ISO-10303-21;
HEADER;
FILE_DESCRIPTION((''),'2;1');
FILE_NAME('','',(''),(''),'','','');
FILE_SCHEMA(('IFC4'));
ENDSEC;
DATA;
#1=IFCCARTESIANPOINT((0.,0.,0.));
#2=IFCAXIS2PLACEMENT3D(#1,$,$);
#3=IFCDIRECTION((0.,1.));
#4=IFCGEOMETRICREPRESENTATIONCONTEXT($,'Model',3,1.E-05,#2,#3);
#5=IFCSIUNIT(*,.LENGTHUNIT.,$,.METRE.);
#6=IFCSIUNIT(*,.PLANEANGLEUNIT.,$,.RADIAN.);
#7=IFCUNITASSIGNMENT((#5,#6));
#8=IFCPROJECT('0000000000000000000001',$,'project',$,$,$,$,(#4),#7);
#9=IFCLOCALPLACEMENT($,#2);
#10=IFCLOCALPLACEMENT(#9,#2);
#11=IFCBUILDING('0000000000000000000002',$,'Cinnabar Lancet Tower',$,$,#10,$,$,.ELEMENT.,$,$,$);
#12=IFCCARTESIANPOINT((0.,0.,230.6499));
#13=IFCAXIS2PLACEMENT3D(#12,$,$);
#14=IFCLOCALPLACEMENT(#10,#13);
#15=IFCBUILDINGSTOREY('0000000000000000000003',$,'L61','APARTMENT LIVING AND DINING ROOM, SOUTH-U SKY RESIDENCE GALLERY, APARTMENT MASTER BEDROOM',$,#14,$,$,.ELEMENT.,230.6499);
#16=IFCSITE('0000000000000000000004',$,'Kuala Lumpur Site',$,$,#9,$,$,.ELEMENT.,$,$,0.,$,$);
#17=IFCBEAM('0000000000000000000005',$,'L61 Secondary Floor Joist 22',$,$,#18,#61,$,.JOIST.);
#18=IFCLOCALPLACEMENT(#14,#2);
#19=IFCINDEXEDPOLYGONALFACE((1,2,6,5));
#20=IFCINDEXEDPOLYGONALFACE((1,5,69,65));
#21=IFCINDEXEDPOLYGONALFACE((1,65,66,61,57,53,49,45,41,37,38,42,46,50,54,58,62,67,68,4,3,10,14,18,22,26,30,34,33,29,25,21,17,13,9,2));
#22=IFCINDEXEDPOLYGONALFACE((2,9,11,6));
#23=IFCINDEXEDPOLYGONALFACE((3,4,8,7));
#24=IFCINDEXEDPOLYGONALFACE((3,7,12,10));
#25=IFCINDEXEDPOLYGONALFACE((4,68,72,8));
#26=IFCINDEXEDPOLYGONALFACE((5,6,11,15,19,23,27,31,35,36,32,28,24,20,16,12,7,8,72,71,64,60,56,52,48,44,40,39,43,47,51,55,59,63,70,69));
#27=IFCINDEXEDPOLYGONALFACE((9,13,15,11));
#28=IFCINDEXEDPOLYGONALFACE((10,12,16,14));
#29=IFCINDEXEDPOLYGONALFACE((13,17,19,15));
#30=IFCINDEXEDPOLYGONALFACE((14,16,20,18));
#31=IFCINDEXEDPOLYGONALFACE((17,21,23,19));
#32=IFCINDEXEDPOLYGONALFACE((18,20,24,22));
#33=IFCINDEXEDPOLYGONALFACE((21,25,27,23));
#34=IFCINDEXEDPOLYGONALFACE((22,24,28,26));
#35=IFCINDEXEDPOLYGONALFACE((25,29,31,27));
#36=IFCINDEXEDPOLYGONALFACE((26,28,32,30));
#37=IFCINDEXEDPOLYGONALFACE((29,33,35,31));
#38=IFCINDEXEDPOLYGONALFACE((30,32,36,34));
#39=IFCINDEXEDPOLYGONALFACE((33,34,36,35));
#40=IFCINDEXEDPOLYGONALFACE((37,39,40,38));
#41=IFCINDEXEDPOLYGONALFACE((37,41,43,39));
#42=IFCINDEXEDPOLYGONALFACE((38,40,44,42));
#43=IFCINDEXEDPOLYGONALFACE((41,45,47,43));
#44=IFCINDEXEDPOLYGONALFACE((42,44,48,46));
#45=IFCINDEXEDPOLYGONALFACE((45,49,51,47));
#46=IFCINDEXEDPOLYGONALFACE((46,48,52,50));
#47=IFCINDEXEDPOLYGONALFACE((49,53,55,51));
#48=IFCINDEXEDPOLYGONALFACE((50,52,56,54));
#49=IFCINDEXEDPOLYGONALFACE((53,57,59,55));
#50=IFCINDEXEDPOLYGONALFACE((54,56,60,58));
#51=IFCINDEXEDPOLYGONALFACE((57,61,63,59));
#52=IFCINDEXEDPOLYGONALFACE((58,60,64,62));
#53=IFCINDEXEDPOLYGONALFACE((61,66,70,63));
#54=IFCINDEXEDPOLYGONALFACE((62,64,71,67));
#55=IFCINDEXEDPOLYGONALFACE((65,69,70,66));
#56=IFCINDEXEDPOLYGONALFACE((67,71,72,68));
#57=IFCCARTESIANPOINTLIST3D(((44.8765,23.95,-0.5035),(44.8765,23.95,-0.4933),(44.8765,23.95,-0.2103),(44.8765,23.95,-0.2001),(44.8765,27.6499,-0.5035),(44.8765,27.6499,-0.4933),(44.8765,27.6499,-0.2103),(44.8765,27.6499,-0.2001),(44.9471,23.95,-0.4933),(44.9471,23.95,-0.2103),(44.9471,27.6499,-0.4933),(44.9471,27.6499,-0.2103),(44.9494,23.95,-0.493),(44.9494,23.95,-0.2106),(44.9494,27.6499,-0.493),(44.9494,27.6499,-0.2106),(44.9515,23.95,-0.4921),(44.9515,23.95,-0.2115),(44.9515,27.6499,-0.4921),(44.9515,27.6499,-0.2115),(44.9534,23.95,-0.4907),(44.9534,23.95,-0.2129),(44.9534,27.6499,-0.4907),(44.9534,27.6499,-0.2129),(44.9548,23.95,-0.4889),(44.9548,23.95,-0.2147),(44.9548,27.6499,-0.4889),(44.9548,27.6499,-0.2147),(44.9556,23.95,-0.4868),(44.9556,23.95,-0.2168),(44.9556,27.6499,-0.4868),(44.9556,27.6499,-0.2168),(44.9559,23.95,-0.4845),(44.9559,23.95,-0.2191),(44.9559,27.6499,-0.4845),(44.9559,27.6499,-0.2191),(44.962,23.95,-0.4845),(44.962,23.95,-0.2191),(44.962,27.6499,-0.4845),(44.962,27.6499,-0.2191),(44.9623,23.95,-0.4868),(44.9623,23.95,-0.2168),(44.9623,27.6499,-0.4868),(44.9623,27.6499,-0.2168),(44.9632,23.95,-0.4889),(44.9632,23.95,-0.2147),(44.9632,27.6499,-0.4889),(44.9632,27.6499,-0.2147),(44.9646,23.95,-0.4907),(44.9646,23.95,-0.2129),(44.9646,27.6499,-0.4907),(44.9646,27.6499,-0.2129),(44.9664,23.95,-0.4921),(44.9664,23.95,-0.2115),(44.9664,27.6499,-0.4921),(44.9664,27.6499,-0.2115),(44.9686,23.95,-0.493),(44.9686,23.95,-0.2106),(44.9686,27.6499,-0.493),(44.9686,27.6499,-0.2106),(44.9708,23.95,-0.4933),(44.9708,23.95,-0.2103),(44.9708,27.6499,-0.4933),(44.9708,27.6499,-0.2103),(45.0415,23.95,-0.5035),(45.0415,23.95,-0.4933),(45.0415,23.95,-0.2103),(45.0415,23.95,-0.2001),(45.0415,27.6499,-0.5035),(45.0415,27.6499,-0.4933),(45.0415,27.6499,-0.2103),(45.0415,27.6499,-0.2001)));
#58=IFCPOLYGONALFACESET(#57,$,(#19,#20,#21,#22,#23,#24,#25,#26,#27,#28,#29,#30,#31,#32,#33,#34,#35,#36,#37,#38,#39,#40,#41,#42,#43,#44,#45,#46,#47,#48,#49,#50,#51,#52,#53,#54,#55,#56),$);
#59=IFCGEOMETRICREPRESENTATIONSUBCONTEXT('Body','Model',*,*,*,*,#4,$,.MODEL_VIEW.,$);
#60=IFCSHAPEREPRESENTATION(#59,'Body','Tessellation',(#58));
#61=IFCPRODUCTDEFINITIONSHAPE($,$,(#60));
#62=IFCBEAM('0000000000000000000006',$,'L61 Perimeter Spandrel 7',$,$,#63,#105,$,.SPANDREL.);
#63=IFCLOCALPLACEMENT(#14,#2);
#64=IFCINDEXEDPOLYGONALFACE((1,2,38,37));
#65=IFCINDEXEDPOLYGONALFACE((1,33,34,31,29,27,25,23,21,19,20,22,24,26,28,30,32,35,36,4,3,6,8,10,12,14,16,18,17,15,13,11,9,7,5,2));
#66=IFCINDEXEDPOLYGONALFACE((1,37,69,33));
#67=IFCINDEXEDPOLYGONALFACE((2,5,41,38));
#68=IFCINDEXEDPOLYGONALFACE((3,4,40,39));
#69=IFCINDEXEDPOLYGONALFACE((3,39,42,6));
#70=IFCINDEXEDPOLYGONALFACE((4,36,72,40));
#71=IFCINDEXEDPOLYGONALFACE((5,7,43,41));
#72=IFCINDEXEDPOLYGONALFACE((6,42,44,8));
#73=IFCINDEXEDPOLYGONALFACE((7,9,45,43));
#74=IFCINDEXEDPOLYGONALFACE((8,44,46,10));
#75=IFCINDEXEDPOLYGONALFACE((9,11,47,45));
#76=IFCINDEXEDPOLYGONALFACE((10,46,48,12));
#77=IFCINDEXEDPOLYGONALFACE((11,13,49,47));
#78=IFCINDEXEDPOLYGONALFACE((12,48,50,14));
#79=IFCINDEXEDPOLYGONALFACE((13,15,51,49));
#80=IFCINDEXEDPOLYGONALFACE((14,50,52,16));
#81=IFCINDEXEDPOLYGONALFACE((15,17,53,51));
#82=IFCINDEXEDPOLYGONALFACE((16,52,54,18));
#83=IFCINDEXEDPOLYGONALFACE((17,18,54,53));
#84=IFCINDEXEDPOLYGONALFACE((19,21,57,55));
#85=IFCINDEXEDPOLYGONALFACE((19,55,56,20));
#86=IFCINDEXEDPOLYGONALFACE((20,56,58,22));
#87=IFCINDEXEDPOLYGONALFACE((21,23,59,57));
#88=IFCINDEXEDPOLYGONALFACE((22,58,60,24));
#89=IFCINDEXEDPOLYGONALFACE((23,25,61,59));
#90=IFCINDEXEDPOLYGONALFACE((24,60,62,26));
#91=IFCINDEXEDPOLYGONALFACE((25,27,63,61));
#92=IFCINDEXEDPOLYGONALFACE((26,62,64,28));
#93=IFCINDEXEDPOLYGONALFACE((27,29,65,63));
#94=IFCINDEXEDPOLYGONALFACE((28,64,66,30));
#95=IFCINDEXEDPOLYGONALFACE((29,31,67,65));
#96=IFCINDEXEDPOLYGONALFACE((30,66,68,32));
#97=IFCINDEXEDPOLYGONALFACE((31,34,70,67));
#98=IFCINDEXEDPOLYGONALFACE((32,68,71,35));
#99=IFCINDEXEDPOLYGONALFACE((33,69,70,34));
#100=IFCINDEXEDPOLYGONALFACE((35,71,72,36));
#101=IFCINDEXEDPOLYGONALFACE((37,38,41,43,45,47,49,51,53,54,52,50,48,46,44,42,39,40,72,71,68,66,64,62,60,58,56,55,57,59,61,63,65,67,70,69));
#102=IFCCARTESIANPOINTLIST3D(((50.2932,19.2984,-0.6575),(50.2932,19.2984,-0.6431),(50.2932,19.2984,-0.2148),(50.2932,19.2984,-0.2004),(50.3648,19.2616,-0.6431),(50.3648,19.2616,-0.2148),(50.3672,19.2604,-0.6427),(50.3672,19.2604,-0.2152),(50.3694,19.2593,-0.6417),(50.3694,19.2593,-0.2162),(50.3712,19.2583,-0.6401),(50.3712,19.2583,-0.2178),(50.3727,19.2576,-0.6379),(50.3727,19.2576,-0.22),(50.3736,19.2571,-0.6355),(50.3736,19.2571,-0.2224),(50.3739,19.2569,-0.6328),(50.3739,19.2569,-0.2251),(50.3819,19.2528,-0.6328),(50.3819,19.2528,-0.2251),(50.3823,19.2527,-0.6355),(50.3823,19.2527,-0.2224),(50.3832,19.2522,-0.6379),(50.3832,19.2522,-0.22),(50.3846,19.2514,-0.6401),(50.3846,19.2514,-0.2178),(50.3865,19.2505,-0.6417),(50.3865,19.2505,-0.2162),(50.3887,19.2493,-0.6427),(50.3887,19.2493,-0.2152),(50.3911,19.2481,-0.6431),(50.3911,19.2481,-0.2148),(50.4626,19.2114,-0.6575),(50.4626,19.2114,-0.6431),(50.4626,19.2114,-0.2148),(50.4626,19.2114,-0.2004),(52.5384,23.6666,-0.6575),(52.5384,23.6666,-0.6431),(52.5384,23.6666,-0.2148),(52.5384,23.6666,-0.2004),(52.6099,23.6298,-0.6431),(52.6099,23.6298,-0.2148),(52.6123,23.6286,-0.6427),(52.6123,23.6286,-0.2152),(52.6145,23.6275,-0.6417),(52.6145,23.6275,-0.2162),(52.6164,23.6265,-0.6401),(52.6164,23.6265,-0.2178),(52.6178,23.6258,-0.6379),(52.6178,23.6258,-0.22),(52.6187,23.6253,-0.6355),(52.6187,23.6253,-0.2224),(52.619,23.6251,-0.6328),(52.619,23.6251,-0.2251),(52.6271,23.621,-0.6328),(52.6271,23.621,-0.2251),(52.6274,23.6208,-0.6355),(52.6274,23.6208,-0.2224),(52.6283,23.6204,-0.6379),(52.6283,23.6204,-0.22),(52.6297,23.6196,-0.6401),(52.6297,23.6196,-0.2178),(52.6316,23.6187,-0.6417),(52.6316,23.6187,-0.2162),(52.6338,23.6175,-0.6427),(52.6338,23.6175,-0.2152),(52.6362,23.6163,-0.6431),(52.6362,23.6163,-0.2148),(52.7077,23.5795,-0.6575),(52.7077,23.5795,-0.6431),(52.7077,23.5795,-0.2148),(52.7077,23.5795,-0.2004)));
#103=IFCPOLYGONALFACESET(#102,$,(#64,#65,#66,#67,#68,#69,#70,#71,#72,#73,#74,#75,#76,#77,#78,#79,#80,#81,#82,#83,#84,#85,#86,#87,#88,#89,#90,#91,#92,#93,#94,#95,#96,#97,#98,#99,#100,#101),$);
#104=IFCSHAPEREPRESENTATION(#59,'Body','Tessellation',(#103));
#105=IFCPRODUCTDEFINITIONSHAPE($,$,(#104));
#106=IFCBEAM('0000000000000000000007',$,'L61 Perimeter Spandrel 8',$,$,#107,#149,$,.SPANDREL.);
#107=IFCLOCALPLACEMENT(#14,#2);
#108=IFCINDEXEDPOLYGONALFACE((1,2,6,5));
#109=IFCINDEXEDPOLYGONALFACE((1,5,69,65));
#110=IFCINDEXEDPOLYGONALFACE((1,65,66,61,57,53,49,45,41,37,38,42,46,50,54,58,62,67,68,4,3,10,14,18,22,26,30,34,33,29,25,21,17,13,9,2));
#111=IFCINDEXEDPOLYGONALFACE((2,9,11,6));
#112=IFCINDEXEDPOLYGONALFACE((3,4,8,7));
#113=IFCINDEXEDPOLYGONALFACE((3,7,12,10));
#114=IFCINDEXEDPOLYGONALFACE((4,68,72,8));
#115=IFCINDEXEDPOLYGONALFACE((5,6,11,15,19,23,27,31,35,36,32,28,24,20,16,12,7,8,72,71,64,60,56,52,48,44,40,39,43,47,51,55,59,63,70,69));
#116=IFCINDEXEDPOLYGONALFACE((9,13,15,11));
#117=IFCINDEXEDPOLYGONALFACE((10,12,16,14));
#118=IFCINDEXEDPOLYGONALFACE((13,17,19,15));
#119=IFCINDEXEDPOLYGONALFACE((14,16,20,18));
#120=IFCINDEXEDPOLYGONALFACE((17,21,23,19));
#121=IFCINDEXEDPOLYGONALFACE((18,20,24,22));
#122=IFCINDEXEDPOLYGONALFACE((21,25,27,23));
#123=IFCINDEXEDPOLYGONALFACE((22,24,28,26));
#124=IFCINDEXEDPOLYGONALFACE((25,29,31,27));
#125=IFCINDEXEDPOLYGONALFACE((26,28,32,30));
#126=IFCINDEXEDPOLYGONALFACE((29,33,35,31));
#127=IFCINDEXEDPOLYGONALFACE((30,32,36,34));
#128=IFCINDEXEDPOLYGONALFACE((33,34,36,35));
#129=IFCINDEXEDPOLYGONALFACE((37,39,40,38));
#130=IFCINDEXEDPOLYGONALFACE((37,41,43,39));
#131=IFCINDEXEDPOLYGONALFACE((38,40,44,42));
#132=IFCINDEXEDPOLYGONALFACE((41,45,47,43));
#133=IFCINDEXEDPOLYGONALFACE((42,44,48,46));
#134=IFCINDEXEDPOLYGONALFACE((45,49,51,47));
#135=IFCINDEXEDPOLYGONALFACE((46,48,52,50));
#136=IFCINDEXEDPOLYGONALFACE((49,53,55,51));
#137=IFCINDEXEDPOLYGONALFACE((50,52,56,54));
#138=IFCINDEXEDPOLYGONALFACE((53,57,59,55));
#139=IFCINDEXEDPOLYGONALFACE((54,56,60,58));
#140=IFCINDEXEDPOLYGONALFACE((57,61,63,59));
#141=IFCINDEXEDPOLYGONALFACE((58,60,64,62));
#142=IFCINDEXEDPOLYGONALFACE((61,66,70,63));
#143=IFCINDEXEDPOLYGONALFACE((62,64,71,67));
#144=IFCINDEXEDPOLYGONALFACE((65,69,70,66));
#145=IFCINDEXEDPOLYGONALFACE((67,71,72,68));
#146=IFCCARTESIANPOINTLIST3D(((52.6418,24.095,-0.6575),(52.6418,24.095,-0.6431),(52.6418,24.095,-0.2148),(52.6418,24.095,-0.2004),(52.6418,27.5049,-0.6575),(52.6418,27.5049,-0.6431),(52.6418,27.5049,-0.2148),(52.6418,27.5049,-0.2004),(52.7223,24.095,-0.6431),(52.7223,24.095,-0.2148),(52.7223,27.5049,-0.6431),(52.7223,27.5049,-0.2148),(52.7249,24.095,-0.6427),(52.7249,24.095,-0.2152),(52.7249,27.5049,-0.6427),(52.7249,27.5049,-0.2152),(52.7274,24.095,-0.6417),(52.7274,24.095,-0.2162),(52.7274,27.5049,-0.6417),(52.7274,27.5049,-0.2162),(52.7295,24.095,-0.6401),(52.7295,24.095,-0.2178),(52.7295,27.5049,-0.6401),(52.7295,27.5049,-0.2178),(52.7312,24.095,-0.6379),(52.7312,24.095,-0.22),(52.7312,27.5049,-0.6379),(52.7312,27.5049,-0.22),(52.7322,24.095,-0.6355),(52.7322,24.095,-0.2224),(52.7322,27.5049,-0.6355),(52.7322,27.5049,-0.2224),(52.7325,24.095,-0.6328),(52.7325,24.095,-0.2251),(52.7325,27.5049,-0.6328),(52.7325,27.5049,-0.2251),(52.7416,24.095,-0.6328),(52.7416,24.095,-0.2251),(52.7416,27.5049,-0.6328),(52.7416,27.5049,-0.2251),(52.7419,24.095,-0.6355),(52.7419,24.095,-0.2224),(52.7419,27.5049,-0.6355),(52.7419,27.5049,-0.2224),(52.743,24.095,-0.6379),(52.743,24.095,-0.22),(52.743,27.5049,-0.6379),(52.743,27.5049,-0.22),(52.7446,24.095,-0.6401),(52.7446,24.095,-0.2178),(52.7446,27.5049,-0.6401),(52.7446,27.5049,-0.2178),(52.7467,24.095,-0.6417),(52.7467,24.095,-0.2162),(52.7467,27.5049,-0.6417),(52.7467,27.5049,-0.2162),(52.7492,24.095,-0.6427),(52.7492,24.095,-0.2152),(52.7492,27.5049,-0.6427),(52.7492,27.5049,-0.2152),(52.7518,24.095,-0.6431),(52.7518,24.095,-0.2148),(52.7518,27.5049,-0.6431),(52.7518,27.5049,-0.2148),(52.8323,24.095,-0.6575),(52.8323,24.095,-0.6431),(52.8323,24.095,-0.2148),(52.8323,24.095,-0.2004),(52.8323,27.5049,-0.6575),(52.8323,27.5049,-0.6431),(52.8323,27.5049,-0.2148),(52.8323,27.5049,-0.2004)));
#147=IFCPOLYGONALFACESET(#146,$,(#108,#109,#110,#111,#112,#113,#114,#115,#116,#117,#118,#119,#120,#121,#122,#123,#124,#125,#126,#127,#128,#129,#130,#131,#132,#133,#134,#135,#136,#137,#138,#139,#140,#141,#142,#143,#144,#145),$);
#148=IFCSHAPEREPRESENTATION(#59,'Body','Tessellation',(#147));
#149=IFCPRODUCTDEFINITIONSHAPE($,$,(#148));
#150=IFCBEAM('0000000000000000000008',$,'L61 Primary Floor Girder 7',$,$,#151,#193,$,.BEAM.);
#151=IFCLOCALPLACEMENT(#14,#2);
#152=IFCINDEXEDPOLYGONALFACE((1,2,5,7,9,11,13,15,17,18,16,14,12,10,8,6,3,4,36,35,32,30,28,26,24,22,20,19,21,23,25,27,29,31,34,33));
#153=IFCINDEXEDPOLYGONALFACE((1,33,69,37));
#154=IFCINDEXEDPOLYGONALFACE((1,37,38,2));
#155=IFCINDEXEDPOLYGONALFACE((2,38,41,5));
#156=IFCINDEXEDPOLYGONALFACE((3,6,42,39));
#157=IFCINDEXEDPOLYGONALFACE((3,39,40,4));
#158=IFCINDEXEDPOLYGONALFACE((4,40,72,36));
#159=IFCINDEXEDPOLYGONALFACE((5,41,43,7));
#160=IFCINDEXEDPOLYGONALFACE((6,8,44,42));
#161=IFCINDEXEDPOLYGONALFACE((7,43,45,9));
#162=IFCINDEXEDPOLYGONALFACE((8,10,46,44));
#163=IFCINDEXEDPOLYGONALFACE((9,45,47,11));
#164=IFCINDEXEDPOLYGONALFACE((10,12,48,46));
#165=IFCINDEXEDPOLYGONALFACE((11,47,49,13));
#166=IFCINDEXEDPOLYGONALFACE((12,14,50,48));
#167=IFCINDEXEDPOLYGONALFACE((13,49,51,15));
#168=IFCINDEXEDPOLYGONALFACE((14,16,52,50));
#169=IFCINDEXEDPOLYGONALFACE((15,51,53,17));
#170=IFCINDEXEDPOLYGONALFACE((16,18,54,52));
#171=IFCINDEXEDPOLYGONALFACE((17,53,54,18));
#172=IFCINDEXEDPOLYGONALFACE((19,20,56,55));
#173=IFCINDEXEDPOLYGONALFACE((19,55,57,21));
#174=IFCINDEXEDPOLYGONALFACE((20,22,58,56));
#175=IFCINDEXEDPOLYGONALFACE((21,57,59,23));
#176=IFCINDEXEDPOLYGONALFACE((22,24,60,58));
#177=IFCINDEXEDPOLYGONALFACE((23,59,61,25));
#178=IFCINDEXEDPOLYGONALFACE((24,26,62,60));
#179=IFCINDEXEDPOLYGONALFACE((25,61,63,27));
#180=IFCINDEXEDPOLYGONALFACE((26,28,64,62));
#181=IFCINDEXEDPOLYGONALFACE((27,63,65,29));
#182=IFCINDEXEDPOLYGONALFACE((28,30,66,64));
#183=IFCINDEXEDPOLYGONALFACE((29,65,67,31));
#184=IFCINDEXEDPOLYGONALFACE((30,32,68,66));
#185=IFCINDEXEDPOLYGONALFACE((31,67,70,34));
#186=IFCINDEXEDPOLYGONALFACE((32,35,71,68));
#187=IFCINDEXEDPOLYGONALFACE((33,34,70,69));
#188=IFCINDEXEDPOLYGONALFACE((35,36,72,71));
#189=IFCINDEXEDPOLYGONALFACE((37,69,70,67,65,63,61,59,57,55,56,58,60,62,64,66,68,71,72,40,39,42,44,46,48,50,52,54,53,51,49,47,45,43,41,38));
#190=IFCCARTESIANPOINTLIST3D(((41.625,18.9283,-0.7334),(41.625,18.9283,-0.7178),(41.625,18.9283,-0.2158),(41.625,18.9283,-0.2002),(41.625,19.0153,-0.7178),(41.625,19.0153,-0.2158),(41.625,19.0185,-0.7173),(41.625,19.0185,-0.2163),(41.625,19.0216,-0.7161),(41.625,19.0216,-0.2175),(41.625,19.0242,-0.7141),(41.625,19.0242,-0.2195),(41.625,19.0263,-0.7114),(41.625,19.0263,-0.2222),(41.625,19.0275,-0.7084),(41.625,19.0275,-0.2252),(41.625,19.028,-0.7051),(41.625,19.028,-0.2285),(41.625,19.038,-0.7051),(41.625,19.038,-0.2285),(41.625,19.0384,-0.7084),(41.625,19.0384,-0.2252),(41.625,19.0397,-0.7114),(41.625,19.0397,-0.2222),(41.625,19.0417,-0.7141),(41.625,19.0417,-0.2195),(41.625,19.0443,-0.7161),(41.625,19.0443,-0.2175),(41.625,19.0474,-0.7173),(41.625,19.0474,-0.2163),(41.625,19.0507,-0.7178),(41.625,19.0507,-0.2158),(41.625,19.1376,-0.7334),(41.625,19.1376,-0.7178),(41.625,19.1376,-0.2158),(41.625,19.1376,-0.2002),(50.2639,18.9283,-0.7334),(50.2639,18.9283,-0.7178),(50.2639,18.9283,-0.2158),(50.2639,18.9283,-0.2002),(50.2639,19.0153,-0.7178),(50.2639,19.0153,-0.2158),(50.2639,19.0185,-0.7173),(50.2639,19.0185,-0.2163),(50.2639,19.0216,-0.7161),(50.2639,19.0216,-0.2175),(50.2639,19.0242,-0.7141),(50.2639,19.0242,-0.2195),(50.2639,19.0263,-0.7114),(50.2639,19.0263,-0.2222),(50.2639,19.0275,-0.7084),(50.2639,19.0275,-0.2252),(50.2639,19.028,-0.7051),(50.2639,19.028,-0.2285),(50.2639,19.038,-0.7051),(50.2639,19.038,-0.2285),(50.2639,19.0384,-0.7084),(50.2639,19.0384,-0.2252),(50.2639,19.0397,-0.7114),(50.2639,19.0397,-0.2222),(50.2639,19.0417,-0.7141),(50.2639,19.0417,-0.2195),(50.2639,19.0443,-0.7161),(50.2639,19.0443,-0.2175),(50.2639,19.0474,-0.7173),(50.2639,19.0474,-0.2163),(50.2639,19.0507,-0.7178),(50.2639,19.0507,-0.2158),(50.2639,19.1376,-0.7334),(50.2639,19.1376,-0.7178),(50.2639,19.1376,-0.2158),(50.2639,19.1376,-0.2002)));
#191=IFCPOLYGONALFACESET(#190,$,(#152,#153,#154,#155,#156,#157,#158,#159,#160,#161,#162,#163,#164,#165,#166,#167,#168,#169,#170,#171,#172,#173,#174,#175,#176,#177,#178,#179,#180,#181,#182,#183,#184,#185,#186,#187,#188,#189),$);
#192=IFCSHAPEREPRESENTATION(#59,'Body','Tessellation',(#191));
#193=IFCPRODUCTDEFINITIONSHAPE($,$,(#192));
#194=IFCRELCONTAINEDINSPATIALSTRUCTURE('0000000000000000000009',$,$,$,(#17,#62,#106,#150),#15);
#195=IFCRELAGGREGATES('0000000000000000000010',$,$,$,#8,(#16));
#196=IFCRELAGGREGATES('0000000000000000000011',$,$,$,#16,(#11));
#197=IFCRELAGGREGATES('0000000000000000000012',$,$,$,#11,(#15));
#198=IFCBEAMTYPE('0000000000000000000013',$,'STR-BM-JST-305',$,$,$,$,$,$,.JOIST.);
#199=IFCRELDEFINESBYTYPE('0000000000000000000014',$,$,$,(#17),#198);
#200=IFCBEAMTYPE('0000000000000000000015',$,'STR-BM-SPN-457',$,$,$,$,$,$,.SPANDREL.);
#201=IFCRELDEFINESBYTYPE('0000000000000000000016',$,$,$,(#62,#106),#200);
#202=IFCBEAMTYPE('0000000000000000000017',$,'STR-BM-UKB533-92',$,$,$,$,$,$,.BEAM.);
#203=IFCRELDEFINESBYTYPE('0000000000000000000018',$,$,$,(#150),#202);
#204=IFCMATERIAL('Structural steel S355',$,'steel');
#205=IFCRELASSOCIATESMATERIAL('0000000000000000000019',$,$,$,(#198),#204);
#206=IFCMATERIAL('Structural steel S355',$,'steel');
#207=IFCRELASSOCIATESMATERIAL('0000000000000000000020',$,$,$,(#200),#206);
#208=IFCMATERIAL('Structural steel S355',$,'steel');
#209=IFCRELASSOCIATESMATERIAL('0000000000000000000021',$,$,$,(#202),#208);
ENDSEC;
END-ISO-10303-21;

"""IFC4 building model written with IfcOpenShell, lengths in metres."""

from ifc_helpers import new_model, si_unit, direction, frame, origin, origin_2d, place, context, subcontext, project, spatial, i_section, extrude, material, material_profile, profile_set, type_object, element, save


model = new_model("IFC4")

# Units and contexts
model_context = context("Model", 3, precision=1e-05, world=origin(), true_north=direction((0.0, 1.0)))
body_context = subcontext(model_context, "Body", "Model", "MODEL_VIEW")
ifc_project = project(units=[si_unit("LENGTHUNIT", "METRE"), si_unit("PLANEANGLEUNIT", "RADIAN")], contexts=[model_context])

# Site, building, storey
site_placement = place(None, origin())
site = spatial("IfcSite", under=ifc_project, at=site_placement, Name="Kuala Lumpur Site", CompositionType="ELEMENT", RefElevation=0.0)
building_placement = place(site_placement, origin())
building = spatial("IfcBuilding", under=site, at=building_placement, Name="Cinnabar Lancet Tower", CompositionType="ELEMENT")
storey_placement = place(building_placement, frame((0.0, 0.0, 230.6499)))
storey = spatial("IfcBuildingStorey", under=building, at=storey_placement, Name="L61", Description="APARTMENT LIVING AND DINING ROOM, SOUTH-U SKY RESIDENCE GALLERY, APARTMENT MASTER BEDROOM", CompositionType="ELEMENT", Elevation=230.6499)

# Beams
ifc_material_1 = material(Name="Structural steel S355", Category="steel")
ifc_material_profile_1 = material_profile(ifc_material_1, i_section(OverallWidth=0.165, OverallDepth=0.3035, WebThickness=0.0061, FlangeThickness=0.0103, FilletRadius=0.0088, at=origin_2d()), Name="UKB 305x165x40")
ifc_profile_set_1 = profile_set([ifc_material_profile_1], Name="Structural steel S355")
beam_type_1 = type_object("IfcBeamType", Name="STR-BM-JST-305", PredefinedType="JOIST", material=ifc_profile_set_1)
for number, where, z_axis, x_axis, name in (
    (1, (44.959, 23.95, -0.3518), (0.0, 1.0, 0.0), (-1.0, 0.0, 0.0), "L61 Secondary Floor Joist 22"),
):
    element("IfcBeam", number, at=place(storey_placement, frame(where, z_axis=z_axis, x_axis=x_axis)), inside=storey, type_object=beam_type_1, Name=name, PredefinedType="JOIST", context=body_context, shape_type="SweptSolid", body=[
        extrude(i_section(OverallWidth=0.165, OverallDepth=0.3035, WebThickness=0.0061, FlangeThickness=0.0103, FilletRadius=0.0088, at=origin_2d()), origin(), (0.0, 0.0, 1.0), 3.7),
    ])
ifc_material_2 = material(Name="Structural steel S355", Category="steel")
ifc_material_profile_2 = material_profile(ifc_material_2, i_section(OverallWidth=0.1904, OverallDepth=0.457, WebThickness=0.009, FlangeThickness=0.0144, FilletRadius=0.0103, at=origin_2d()), Name="UKB 457x191x74")
ifc_profile_set_2 = profile_set([ifc_material_profile_2], Name="Structural steel S355")
beam_type_2 = type_object("IfcBeamType", Name="STR-BM-SPN-457", PredefinedType="SPANDREL", material=ifc_profile_set_2)
beam_1_placement = place(storey_placement, frame((50.3779, 19.2549, -0.429), z_axis=(0.457128, 0.889401, 0.0), x_axis=(-0.889401, 0.457128, 0.0)))
element("IfcBeam", 2, at=beam_1_placement, inside=storey, type_object=beam_type_2, Name="L61 Perimeter Spandrel 7", PredefinedType="SPANDREL", context=body_context, shape_type="SweptSolid", body=[
    extrude(i_section(OverallWidth=0.1904, OverallDepth=0.457, WebThickness=0.009, FlangeThickness=0.0144, FilletRadius=0.0103, at=origin_2d()), origin(), (0.0, 0.0, 1.0), 4.9114),
])
beam_2_placement = place(storey_placement, frame((52.7371, 24.095, -0.429), z_axis=(0.0, 1.0, 0.0), x_axis=(-1.0, 0.0, 0.0)))
element("IfcBeam", 3, at=beam_2_placement, inside=storey, type_object=beam_type_2, Name="L61 Perimeter Spandrel 8", PredefinedType="SPANDREL", context=body_context, shape_type="SweptSolid", body=[
    extrude(i_section(OverallWidth=0.1904, OverallDepth=0.457, WebThickness=0.009, FlangeThickness=0.0144, FilletRadius=0.0103, at=origin_2d()), origin(), (0.0, 0.0, 1.0), 3.4099),
])
ifc_material_3 = material(Name="Structural steel S355", Category="steel")
ifc_material_profile_3 = material_profile(ifc_material_3, i_section(OverallWidth=0.2092, OverallDepth=0.5332, WebThickness=0.01, FlangeThickness=0.0156, FilletRadius=0.0127, at=origin_2d()), Name="UKB 533x210x92")
ifc_profile_set_3 = profile_set([ifc_material_profile_3], Name="Structural steel S355")
beam_type_3 = type_object("IfcBeamType", Name="STR-BM-UKB533-92", PredefinedType="BEAM", material=ifc_profile_set_3)
beam_3_placement = place(storey_placement, frame((50.2639, 19.033, -0.4668), z_axis=(-1.0, 0.0, 0.0), x_axis=(0.0, -1.0, 0.0)))
element("IfcBeam", 4, at=beam_3_placement, inside=storey, type_object=beam_type_3, Name="L61 Primary Floor Girder 7", PredefinedType="BEAM", context=body_context, shape_type="SweptSolid", body=[
    extrude(i_section(OverallWidth=0.2092, OverallDepth=0.5332, WebThickness=0.01, FlangeThickness=0.0156, FilletRadius=0.0127, at=origin_2d()), origin(), (0.0, 0.0, 1.0), 8.6389),
])

save(model, "model.ifc")
